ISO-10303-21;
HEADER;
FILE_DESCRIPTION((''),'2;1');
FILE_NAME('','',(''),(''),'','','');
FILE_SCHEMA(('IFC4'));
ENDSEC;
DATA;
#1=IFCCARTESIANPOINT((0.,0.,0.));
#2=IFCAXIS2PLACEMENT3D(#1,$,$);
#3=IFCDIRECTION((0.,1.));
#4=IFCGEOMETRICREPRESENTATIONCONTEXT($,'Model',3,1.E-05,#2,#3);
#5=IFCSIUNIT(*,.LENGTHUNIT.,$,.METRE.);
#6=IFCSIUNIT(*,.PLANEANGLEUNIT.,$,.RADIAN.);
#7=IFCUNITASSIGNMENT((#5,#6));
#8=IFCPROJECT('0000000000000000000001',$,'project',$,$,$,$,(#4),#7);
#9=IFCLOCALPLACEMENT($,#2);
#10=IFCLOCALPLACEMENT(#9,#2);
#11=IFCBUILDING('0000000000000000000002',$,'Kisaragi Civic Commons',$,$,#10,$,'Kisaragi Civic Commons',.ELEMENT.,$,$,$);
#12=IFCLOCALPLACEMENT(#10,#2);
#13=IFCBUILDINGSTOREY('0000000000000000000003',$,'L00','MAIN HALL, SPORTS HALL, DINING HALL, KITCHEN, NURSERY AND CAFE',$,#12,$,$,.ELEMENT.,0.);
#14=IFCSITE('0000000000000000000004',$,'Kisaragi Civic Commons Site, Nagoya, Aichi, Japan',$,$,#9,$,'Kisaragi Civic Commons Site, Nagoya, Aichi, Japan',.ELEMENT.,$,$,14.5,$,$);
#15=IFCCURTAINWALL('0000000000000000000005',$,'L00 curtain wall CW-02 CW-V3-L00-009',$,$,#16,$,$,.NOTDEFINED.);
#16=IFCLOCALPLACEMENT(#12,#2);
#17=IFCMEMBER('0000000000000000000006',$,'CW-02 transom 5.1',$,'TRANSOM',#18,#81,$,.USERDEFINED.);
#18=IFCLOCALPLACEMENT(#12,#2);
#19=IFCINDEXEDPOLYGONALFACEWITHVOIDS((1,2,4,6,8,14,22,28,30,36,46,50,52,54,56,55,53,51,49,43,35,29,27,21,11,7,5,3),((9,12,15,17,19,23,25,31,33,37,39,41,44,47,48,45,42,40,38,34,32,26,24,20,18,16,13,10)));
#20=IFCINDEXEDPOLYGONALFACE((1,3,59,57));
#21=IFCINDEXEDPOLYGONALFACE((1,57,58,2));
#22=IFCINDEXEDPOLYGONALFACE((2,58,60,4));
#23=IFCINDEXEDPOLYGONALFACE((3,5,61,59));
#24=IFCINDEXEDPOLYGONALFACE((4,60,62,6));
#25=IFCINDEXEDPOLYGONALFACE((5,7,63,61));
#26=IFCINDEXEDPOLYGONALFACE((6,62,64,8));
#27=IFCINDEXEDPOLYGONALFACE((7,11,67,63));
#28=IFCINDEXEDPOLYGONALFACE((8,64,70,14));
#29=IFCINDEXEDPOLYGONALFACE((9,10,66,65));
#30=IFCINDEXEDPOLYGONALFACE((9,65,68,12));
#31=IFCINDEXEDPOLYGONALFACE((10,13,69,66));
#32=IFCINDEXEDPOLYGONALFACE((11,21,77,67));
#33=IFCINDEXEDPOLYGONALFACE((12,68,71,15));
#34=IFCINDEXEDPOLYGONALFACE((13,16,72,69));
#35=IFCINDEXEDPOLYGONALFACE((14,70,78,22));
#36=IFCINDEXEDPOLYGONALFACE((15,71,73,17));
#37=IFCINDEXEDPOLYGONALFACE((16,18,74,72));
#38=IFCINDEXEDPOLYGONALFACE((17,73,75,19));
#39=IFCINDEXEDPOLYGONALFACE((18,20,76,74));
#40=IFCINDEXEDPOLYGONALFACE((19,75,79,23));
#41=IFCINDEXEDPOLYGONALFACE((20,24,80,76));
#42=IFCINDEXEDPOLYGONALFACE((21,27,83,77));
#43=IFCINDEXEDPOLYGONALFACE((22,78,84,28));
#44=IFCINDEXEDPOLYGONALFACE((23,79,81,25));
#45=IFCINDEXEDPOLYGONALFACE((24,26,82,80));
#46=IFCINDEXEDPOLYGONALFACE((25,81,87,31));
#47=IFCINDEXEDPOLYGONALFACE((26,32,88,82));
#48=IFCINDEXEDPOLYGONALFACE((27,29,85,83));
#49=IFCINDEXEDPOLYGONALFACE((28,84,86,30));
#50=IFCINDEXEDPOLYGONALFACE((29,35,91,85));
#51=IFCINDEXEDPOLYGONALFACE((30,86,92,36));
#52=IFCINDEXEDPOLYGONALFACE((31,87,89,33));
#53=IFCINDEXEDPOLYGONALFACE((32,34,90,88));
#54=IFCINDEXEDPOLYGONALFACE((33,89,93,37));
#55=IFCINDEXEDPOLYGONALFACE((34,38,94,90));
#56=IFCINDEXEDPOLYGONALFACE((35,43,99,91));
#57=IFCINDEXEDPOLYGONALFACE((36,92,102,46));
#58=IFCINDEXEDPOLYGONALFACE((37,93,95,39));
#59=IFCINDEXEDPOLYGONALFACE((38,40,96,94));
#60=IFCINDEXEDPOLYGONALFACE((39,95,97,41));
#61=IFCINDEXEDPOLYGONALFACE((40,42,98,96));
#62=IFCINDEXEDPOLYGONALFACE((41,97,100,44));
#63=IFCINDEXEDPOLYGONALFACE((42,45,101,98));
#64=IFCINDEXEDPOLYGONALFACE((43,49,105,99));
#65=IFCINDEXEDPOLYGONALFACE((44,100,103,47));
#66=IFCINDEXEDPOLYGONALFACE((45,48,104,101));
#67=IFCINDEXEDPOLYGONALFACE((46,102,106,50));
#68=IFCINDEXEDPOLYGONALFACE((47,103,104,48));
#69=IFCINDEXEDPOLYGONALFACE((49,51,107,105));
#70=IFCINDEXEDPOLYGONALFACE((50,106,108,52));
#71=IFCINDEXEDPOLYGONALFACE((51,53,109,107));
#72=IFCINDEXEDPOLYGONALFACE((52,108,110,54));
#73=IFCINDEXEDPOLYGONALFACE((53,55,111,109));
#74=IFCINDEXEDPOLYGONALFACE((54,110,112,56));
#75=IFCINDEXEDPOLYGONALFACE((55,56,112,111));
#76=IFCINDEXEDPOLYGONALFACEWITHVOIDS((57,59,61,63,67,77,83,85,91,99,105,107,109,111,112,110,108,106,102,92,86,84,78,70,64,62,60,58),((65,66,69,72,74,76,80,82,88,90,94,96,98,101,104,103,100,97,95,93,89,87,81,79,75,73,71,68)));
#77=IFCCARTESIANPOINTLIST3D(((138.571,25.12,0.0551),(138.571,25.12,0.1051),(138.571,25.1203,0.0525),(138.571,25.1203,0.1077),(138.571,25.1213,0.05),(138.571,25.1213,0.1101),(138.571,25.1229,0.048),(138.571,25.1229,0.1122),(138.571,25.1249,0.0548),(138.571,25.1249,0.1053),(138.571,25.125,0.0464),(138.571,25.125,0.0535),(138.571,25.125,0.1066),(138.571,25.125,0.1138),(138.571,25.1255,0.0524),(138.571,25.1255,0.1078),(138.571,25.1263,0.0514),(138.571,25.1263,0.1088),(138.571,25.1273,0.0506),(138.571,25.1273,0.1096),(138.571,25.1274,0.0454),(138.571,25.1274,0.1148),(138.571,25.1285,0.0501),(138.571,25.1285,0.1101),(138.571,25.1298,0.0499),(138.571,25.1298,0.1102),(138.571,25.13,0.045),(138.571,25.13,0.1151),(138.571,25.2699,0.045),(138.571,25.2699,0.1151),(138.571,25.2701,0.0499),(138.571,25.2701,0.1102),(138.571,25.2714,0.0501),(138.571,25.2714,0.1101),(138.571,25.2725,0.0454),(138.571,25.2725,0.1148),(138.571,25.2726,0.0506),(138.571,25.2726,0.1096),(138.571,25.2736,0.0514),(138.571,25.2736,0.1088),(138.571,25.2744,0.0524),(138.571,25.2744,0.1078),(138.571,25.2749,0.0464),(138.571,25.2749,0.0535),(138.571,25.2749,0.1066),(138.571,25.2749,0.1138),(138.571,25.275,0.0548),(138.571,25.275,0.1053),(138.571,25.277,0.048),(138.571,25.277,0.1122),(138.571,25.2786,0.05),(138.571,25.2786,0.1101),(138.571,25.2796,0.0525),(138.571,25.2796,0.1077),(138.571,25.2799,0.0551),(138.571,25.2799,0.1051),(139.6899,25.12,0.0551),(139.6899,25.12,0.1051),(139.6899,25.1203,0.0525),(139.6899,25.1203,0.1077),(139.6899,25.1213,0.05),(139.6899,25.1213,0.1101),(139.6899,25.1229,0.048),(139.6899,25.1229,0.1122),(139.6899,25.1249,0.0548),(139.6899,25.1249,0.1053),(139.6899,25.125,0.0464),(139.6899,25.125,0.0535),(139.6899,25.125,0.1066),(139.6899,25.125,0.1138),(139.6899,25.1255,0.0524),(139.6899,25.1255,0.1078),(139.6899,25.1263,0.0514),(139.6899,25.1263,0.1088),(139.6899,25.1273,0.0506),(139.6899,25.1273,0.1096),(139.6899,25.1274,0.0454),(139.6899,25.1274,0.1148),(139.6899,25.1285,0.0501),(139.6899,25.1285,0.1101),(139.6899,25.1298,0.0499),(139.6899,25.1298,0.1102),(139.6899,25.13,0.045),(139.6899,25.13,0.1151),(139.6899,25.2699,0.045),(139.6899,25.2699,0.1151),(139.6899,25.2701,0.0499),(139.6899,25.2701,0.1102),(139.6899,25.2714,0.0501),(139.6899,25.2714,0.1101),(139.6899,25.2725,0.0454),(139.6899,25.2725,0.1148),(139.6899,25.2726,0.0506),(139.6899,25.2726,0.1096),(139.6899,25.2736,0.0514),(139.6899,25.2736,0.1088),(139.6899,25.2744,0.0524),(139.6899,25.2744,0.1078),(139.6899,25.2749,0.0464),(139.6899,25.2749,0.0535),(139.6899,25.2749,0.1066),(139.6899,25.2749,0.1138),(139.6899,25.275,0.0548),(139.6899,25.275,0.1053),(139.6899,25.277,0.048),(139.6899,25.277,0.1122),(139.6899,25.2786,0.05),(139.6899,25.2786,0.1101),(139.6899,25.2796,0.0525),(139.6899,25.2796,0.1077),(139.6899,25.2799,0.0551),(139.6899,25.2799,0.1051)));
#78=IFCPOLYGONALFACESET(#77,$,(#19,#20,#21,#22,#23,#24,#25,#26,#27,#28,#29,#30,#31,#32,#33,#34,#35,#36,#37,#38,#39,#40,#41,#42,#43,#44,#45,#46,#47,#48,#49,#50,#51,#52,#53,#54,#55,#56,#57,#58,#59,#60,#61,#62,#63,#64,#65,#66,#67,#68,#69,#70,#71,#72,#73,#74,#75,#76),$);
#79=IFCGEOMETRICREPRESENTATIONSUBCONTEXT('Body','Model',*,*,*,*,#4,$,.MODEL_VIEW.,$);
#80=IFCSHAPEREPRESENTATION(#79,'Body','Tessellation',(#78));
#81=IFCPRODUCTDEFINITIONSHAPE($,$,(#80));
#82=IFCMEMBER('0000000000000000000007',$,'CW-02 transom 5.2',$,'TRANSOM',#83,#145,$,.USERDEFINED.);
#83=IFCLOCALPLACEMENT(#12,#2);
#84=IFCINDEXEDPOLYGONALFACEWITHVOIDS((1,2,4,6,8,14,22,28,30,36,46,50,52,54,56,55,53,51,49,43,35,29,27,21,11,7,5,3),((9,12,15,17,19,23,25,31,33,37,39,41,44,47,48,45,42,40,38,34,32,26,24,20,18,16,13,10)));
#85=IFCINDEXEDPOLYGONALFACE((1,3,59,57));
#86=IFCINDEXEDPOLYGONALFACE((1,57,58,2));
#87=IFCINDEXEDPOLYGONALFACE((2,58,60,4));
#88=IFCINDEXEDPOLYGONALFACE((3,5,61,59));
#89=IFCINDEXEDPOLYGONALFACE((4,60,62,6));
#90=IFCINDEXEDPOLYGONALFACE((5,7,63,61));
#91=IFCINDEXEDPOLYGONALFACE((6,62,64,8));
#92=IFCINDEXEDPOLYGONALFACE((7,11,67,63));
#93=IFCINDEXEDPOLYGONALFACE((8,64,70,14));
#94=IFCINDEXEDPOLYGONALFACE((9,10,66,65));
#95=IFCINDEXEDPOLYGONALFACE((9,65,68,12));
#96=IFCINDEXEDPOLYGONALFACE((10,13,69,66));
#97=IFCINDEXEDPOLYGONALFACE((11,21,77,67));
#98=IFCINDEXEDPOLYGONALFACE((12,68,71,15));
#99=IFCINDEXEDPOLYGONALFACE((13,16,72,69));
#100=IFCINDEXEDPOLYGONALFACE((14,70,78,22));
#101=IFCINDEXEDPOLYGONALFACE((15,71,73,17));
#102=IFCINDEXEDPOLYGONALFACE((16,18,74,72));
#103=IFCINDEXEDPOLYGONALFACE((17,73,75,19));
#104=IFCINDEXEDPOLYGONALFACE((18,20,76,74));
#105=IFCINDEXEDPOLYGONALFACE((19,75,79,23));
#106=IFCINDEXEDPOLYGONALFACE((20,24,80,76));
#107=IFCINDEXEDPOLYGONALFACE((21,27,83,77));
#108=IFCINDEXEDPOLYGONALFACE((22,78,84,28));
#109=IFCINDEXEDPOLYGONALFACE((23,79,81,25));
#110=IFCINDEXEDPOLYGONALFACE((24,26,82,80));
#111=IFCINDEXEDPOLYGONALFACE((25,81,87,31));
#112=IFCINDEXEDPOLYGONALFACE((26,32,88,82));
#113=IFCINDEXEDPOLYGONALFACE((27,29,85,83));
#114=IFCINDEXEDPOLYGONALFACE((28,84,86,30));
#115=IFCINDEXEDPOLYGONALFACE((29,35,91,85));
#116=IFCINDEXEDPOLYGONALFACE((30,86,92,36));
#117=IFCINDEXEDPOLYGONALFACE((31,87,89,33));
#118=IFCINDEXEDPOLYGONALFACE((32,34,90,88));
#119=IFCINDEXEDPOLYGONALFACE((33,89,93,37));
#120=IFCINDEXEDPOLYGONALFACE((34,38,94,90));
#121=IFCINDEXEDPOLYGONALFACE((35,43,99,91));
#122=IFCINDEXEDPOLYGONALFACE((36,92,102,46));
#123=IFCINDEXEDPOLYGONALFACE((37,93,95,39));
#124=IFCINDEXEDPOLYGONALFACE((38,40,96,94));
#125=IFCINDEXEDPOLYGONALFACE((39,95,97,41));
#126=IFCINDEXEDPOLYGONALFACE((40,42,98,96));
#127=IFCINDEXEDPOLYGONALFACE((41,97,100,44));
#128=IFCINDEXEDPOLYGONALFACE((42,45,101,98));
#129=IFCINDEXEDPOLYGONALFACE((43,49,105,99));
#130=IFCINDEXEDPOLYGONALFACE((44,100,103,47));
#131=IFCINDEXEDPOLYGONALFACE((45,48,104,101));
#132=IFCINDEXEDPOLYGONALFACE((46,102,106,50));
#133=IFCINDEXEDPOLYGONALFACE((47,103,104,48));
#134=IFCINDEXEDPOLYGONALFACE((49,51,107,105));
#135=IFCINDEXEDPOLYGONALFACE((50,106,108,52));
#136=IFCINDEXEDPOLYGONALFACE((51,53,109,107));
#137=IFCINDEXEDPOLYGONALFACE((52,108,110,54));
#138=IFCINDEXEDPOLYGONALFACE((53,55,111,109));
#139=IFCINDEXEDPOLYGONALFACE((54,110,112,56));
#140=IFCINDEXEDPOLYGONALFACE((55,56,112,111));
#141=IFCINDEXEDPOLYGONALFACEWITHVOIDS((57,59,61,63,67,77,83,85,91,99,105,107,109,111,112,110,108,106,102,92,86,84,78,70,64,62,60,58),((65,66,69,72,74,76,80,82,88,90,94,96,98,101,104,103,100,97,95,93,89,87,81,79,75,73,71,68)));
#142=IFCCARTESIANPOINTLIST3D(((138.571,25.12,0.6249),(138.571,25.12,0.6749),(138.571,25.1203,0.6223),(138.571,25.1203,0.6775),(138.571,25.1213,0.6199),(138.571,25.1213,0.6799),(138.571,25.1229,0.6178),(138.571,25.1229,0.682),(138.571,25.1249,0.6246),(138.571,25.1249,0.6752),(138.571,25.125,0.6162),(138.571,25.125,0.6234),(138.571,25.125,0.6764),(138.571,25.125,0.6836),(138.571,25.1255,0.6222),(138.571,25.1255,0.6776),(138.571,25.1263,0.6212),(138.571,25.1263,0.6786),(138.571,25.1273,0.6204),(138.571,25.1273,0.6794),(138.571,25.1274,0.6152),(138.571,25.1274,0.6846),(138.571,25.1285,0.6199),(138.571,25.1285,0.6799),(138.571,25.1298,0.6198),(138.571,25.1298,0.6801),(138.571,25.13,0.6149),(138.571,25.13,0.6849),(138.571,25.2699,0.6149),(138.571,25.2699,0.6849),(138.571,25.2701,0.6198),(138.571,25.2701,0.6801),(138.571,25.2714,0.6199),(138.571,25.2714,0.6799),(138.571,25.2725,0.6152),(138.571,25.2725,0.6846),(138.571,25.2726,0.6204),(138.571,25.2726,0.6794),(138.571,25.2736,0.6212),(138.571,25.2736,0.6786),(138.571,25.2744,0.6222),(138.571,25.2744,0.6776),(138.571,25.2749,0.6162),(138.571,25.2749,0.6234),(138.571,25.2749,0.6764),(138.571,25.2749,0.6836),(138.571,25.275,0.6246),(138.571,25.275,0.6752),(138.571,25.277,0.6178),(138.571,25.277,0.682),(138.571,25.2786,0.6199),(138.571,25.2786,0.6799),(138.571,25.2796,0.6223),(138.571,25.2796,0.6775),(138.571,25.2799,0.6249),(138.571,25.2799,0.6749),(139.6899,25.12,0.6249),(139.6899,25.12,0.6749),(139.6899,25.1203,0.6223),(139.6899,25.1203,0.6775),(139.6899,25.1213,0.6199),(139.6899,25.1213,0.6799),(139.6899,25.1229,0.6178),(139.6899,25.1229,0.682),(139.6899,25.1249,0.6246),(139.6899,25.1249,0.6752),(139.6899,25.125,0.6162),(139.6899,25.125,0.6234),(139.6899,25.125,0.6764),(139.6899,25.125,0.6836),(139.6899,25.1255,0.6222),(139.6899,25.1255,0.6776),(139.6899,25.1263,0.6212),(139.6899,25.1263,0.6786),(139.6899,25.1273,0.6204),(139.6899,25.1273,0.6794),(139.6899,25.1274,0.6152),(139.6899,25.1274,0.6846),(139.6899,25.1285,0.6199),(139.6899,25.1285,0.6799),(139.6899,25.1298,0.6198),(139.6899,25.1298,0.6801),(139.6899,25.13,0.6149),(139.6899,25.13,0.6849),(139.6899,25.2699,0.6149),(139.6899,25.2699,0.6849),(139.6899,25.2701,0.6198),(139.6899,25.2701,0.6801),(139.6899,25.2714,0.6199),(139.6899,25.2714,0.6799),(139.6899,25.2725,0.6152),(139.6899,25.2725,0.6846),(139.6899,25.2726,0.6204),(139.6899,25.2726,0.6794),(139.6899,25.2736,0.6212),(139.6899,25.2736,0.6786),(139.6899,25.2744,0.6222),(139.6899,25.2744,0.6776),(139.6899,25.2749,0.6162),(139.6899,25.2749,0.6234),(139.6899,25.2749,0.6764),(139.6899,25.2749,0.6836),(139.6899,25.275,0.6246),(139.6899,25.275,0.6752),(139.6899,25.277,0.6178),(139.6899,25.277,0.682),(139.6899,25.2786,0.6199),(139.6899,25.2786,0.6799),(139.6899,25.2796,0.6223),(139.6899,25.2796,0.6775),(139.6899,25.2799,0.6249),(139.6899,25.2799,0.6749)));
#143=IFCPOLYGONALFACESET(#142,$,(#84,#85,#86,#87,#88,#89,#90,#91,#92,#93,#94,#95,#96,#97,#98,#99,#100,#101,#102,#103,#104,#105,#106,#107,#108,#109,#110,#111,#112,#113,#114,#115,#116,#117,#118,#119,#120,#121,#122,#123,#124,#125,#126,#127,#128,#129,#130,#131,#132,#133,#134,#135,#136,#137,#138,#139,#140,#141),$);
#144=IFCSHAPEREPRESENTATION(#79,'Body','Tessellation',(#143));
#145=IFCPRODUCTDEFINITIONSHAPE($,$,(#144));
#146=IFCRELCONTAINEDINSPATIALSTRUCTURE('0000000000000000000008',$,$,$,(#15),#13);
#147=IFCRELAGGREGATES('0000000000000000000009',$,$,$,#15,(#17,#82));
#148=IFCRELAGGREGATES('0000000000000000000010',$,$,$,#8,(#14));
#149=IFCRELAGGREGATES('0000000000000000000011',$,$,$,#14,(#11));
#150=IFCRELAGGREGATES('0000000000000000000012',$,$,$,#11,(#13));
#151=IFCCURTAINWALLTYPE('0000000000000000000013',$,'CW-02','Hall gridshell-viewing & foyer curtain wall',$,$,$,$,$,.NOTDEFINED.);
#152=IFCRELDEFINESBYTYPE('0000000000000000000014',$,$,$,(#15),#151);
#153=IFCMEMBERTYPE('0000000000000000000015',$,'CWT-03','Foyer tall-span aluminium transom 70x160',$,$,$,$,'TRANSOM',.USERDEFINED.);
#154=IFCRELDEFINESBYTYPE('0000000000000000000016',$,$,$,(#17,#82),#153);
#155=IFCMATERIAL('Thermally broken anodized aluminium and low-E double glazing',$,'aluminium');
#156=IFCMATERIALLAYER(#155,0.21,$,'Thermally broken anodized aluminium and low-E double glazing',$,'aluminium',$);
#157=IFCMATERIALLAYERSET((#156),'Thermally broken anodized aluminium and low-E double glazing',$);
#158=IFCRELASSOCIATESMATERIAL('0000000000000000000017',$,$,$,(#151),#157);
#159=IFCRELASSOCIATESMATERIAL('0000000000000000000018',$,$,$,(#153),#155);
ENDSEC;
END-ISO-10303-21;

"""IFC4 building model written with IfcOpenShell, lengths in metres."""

from ifc_helpers import new_model, si_unit, direction, frame, origin, origin_2d, place, context, subcontext, project, spatial, hollow_rectangle, extrude, material, layer, layer_set, material_profile, profile_set, type_object, element, aggregate, save


model = new_model("IFC4")

# Units and contexts
model_context = context("Model", 3, precision=1e-05, world=origin(), true_north=direction((0.0, 1.0)))
body_context = subcontext(model_context, "Body", "Model", "MODEL_VIEW")
ifc_project = project(units=[si_unit("LENGTHUNIT", "METRE"), si_unit("PLANEANGLEUNIT", "RADIAN")], contexts=[model_context])

# Site, building, storey
site_placement = place(None, origin())
site = spatial("IfcSite", under=ifc_project, at=site_placement, Name="Kisaragi Civic Commons Site, Nagoya, Aichi, Japan", LongName="Kisaragi Civic Commons Site, Nagoya, Aichi, Japan", CompositionType="ELEMENT", RefElevation=14.5)
building_placement = place(site_placement, origin())
building = spatial("IfcBuilding", under=site, at=building_placement, Name="Kisaragi Civic Commons", LongName="Kisaragi Civic Commons", CompositionType="ELEMENT")
storey_placement = place(building_placement, origin())
storey = spatial("IfcBuildingStorey", under=building, at=storey_placement, Name="L00", Description="MAIN HALL, SPORTS HALL, DINING HALL, KITCHEN, NURSERY AND CAFE", CompositionType="ELEMENT", Elevation=0.0)

# Curtain wall
ifc_material = material(Name="Thermally broken anodized aluminium and low-E double glazing", Category="aluminium")
ifc_layer_1 = layer(ifc_material, 0.21, Name="Thermally broken anodized aluminium and low-E double glazing", Category="aluminium")
ifc_layer_set_1 = layer_set([ifc_layer_1], Name="Thermally broken anodized aluminium and low-E double glazing")
curtain_wall_type = type_object("IfcCurtainWallType", Name="CW-02", Description="Hall gridshell-viewing & foyer curtain wall", PredefinedType="NOTDEFINED", material=ifc_layer_set_1)
curtain_wall_1_placement = place(storey_placement, origin())
curtain_wall_1 = element("IfcCurtainWall", 1, at=curtain_wall_1_placement, inside=storey, type_object=curtain_wall_type, Name="L00 curtain wall CW-02 CW-V3-L00-009", PredefinedType="NOTDEFINED")

# Members
ifc_material_profile_1 = material_profile(ifc_material, hollow_rectangle(XDim=0.1599, YDim=0.0701, WallThickness=0.0049, InnerFilletRadius=0.0049, OuterFilletRadius=0.01, at=origin_2d()), Name="CWT-70x160x5", Category="aluminium")
ifc_profile_set_1 = profile_set([ifc_material_profile_1], Name="Thermally broken anodized aluminium and low-E double glazing")
member_type_1 = type_object("IfcMemberType", Name="CWT-03", Description="Foyer tall-span aluminium transom 70x160", ElementType="TRANSOM", PredefinedType="USERDEFINED", material=ifc_profile_set_1)
member_1_placement = place(storey_placement, frame((138.571, 25.2, 0.0801), z_axis=(1.0, 0.0, 0.0), x_axis=(0.0, 1.0, 0.0)))
member_1 = element("IfcMember", 2, at=member_1_placement, type_object=member_type_1, Name="CW-02 transom 5.1", ObjectType="TRANSOM", PredefinedType="USERDEFINED", context=body_context, shape_type="SweptSolid", body=[
    extrude(hollow_rectangle(XDim=0.1599, YDim=0.0701, WallThickness=0.0049, InnerFilletRadius=0.0049, OuterFilletRadius=0.01, at=origin_2d()), origin(), (0.0, 0.0, 1.0), 1.1189),
])
member_2_placement = place(storey_placement, frame((138.571, 25.2, 0.6499), z_axis=(1.0, 0.0, 0.0), x_axis=(0.0, 1.0, 0.0)))
member_2 = element("IfcMember", 3, at=member_2_placement, type_object=member_type_1, Name="CW-02 transom 5.2", ObjectType="TRANSOM", PredefinedType="USERDEFINED", context=body_context, shape_type="SweptSolid", body=[
    extrude(hollow_rectangle(XDim=0.1599, YDim=0.0701, WallThickness=0.0049, InnerFilletRadius=0.0049, OuterFilletRadius=0.01, at=origin_2d()), origin(), (0.0, 0.0, 1.0), 1.1189),
])

aggregate(curtain_wall_1, [member_1, member_2])

save(model, "model.ifc")
